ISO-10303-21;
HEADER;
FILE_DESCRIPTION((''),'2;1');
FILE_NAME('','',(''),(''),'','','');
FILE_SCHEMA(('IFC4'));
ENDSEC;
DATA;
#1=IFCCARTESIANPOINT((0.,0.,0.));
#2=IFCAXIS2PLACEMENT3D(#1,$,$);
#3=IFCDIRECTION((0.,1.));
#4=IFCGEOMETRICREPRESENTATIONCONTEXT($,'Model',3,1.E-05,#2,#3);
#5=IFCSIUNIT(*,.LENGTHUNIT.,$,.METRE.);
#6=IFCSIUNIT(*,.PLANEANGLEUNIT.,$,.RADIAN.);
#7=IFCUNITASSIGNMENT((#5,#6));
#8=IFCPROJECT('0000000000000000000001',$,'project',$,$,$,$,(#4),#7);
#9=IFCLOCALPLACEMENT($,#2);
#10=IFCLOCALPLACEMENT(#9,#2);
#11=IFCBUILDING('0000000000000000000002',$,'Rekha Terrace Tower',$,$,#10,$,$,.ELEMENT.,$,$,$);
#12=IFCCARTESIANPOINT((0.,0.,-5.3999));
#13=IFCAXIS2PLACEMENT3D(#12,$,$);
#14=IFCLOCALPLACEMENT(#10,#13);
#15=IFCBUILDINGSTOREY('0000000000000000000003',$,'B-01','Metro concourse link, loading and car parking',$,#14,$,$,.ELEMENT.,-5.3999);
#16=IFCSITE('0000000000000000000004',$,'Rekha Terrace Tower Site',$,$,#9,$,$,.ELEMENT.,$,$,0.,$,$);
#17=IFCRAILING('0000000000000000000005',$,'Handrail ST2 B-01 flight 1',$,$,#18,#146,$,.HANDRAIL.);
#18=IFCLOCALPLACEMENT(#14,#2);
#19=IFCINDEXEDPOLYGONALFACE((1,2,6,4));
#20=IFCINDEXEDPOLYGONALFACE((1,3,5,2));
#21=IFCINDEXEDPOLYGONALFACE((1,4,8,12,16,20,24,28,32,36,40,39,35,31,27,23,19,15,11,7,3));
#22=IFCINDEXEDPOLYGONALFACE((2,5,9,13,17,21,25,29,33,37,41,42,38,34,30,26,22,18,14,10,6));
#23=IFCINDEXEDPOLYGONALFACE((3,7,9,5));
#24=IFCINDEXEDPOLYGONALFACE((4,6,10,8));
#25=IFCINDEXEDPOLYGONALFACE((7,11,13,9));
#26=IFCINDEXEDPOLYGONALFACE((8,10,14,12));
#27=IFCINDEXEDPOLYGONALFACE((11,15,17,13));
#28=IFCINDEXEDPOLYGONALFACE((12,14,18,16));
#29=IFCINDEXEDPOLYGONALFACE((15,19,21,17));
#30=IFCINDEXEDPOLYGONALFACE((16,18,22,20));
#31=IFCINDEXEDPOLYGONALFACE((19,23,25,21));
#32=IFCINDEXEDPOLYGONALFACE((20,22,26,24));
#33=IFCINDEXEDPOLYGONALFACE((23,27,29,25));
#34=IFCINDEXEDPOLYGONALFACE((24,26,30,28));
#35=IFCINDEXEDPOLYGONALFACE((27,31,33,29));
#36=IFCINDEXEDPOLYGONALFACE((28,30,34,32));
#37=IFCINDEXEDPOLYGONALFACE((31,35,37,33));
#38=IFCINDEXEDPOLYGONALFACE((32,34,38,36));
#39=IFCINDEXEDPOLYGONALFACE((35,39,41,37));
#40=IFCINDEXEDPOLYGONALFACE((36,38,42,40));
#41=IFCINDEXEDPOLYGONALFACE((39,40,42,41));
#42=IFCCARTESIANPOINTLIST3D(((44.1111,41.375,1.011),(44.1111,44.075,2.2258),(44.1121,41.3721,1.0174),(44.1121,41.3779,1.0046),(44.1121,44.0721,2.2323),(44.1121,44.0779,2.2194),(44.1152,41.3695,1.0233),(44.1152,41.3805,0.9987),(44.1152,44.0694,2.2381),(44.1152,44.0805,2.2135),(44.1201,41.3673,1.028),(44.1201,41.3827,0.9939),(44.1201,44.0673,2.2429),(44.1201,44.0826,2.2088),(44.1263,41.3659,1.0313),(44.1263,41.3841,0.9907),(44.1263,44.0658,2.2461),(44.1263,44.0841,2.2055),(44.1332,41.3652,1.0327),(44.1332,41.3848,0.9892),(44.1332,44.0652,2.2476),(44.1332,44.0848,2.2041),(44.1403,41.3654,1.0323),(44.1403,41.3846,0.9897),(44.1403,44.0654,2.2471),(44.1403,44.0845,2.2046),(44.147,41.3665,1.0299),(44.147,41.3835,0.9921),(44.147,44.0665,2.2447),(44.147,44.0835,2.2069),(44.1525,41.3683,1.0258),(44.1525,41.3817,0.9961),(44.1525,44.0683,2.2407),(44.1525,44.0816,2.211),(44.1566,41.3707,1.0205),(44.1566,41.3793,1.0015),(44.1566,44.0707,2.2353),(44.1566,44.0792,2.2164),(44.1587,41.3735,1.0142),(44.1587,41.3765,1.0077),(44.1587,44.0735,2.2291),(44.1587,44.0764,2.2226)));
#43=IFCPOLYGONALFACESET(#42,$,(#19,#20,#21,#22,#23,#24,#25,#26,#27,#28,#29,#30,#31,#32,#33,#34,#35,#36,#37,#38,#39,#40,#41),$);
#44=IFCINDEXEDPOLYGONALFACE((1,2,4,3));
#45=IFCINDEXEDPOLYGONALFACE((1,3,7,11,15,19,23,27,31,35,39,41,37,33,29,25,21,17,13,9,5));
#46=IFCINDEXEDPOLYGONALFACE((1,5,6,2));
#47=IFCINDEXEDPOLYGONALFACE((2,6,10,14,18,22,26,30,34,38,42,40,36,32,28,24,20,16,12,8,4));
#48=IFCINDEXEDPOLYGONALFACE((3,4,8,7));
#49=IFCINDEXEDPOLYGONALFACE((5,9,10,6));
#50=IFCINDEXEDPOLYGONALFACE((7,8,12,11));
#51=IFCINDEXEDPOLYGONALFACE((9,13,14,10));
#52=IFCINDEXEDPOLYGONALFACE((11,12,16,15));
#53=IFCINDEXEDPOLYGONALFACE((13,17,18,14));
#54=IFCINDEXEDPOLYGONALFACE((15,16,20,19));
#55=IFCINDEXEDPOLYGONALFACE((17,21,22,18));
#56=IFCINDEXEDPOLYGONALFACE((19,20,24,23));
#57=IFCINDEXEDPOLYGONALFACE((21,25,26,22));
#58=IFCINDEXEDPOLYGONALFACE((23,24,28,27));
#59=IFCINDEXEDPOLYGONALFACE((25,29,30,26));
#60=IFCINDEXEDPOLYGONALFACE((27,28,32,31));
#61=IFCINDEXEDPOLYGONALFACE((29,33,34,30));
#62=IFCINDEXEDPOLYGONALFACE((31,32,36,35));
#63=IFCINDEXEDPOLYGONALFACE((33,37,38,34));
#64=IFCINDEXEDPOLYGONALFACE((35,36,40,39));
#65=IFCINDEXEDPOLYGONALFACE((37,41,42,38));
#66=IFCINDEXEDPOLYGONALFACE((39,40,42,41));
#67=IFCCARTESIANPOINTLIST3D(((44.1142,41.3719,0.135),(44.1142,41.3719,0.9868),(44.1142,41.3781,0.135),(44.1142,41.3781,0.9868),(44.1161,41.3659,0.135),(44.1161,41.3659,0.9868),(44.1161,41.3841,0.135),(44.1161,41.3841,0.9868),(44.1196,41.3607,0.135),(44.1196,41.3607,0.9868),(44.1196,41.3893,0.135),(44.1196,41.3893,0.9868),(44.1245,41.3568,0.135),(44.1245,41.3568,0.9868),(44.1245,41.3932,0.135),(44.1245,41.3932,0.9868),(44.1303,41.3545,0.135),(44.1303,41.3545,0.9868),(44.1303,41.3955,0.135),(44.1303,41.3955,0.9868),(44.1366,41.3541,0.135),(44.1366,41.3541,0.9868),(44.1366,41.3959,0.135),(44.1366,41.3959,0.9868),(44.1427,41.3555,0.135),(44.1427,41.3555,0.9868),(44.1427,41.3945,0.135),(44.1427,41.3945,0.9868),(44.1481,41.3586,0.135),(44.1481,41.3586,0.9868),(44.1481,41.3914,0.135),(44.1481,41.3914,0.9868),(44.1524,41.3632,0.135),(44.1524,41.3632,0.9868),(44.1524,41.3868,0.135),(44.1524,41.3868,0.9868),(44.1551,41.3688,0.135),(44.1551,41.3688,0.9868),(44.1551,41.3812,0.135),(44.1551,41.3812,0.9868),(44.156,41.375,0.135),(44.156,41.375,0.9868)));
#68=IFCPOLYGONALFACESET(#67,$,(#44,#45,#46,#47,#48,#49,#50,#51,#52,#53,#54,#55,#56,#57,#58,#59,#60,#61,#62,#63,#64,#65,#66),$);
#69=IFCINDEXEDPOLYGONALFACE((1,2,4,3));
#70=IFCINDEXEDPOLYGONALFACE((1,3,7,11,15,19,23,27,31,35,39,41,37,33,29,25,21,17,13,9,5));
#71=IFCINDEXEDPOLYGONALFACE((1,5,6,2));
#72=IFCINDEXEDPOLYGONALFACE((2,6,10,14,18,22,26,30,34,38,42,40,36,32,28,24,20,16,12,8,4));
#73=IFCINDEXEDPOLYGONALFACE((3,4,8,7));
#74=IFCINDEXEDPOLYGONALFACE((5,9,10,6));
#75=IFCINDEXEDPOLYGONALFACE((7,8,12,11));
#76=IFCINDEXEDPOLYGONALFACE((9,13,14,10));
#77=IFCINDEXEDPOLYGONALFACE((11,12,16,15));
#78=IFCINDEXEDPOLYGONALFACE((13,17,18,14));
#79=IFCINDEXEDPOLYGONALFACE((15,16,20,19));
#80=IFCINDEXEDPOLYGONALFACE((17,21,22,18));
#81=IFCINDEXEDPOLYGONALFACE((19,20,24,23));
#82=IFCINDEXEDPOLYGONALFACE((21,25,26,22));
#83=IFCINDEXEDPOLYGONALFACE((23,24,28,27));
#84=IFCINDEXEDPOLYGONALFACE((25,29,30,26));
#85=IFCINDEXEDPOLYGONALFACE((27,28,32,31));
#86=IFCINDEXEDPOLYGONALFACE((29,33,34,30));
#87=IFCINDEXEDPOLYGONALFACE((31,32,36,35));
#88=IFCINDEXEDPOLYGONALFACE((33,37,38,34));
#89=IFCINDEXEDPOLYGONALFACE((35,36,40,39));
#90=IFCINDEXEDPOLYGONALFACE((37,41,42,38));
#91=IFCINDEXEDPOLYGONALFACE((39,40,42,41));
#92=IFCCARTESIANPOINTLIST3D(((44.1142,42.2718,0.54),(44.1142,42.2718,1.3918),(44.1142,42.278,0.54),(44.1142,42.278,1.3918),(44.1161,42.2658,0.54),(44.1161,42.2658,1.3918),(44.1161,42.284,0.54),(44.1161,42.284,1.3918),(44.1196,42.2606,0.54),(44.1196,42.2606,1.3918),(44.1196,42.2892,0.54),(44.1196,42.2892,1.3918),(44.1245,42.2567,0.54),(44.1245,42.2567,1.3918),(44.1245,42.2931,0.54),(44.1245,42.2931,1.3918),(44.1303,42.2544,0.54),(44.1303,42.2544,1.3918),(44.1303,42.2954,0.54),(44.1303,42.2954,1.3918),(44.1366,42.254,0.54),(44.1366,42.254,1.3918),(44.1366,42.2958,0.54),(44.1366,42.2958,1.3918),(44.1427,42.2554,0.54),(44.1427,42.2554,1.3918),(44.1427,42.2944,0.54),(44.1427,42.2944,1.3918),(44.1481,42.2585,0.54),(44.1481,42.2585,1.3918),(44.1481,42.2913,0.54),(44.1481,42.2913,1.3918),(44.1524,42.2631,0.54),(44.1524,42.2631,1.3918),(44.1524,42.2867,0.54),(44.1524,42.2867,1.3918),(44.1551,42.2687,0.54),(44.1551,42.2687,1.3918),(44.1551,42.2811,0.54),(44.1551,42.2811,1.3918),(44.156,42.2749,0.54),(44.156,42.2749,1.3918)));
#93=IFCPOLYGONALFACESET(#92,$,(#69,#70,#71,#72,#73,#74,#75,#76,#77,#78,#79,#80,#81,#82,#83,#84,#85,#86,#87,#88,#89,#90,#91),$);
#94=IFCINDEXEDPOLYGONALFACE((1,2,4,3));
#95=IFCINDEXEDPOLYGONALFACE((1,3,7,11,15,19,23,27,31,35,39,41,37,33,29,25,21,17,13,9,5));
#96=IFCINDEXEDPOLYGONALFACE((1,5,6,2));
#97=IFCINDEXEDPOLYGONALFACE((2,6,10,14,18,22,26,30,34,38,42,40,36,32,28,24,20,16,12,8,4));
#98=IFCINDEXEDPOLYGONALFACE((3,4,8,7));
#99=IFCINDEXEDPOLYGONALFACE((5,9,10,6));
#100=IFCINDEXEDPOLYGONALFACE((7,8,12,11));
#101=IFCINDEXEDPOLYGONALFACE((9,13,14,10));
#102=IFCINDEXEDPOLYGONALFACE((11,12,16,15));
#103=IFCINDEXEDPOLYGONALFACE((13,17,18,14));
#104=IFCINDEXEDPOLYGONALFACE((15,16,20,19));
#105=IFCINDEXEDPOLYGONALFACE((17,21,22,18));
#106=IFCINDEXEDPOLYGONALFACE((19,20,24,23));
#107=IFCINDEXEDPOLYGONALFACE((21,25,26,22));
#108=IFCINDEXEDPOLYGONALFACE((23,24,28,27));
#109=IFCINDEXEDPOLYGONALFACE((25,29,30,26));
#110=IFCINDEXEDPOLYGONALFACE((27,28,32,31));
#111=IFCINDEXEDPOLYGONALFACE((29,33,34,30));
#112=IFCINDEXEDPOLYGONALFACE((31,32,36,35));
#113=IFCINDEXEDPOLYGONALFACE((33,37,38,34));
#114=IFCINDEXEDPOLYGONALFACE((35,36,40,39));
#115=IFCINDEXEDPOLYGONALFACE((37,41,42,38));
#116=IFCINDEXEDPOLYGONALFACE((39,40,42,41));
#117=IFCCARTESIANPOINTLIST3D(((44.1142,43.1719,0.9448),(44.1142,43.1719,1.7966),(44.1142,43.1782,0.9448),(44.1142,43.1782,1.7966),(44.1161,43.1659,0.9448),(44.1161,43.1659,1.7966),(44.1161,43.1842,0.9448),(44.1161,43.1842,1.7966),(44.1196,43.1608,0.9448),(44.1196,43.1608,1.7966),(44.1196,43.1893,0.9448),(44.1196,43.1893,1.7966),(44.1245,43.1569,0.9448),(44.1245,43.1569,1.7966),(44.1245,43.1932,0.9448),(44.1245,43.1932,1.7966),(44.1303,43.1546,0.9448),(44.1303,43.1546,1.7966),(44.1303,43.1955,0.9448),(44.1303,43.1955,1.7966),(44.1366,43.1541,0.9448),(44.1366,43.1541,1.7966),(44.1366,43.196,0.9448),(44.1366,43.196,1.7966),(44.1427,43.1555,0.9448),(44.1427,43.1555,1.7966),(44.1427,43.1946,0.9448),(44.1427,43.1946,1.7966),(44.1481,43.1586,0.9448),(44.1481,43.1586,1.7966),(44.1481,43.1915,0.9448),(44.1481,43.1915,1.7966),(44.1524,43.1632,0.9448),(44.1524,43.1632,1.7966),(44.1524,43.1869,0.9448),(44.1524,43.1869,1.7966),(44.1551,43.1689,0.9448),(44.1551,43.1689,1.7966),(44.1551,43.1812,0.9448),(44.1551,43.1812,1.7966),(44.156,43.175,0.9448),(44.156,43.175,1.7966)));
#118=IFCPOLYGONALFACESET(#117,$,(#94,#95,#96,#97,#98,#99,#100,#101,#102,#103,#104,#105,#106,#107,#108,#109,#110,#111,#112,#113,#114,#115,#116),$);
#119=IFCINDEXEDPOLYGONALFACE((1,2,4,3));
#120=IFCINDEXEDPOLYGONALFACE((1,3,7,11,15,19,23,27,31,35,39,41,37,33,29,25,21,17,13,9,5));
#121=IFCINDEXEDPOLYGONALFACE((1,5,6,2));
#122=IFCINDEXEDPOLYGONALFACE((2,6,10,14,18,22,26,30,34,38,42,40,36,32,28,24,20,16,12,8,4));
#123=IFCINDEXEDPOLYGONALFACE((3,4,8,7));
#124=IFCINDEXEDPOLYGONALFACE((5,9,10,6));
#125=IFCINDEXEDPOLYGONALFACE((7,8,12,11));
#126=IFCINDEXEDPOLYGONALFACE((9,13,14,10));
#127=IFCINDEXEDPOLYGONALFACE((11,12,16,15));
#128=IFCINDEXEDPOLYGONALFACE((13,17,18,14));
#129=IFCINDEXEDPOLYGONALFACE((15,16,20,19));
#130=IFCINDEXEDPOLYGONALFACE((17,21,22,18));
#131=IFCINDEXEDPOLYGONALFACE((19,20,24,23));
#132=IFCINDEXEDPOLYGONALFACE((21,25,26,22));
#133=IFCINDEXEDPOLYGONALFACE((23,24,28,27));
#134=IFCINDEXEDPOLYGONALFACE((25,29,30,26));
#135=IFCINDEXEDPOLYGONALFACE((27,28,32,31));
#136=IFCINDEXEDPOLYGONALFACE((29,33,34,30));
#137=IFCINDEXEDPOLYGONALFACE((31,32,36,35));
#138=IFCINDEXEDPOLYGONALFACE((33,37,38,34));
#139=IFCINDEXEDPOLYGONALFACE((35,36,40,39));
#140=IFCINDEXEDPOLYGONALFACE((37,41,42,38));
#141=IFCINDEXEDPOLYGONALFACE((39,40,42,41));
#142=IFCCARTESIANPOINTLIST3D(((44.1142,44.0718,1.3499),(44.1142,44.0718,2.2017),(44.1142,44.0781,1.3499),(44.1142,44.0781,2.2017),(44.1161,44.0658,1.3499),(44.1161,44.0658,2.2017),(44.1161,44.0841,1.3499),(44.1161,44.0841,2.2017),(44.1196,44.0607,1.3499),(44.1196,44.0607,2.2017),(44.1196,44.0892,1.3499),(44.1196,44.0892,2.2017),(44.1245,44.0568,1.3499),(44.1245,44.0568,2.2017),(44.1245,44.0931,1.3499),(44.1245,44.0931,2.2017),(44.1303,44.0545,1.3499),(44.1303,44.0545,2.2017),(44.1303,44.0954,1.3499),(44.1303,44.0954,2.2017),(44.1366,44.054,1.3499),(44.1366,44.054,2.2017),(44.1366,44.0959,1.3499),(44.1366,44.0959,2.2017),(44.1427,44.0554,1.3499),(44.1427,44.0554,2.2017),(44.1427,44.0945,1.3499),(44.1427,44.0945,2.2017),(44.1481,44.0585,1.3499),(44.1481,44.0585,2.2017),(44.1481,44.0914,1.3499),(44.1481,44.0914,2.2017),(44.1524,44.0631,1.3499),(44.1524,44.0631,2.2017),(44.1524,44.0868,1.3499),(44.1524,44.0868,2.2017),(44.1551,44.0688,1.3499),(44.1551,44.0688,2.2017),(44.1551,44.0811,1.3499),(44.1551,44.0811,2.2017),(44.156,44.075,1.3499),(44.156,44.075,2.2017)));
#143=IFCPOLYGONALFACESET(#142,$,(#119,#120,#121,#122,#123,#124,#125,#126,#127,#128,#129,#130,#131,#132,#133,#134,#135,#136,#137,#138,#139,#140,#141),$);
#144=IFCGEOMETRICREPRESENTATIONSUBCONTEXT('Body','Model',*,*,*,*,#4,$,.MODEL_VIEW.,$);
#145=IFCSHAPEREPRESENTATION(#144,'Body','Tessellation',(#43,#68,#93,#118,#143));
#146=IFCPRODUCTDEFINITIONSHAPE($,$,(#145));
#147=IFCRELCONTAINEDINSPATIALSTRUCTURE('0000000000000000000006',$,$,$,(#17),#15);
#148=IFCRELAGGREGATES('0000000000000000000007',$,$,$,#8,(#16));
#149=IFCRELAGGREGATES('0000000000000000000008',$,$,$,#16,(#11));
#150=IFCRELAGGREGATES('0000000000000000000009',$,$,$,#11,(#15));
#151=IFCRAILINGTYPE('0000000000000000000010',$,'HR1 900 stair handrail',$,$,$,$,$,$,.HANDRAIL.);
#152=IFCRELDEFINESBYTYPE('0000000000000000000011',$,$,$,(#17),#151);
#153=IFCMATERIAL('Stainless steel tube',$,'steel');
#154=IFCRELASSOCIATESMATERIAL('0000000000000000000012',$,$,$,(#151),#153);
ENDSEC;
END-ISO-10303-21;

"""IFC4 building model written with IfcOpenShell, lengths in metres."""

from ifc_helpers import new_model, si_unit, direction, frame, origin, origin_2d, place, context, subcontext, project, spatial, circle, extrude, material, type_object, element, save


model = new_model("IFC4")

# Units and contexts
model_context = context("Model", 3, precision=1e-05, world=origin(), true_north=direction((0.0, 1.0)))
body_context = subcontext(model_context, "Body", "Model", "MODEL_VIEW")
ifc_project = project(units=[si_unit("LENGTHUNIT", "METRE"), si_unit("PLANEANGLEUNIT", "RADIAN")], contexts=[model_context])

# Site, building, storey
site_placement = place(None, origin())
site = spatial("IfcSite", under=ifc_project, at=site_placement, Name="Rekha Terrace Tower Site", CompositionType="ELEMENT", RefElevation=0.0)
building_placement = place(site_placement, origin())
building = spatial("IfcBuilding", under=site, at=building_placement, Name="Rekha Terrace Tower", CompositionType="ELEMENT")
storey_placement = place(building_placement, frame((0.0, 0.0, -5.3999)))
storey = spatial("IfcBuildingStorey", under=building, at=storey_placement, Name="B-01", Description="Metro concourse link, loading and car parking", CompositionType="ELEMENT", Elevation=-5.3999)

# Railing
ifc_material_1 = material(Name="Stainless steel tube", Category="steel")
railing_type_1 = type_object("IfcRailingType", Name="HR1 900 stair handrail", PredefinedType="HANDRAIL", material=ifc_material_1)
railing_1_placement = place(storey_placement, frame((44.135, 41.375, 0.135)))
element("IfcRailing", 1, at=railing_1_placement, inside=storey, type_object=railing_type_1, Name="Handrail ST2 B-01 flight 1", PredefinedType="HANDRAIL", context=body_context, shape_type="SweptSolid", body=[
    extrude(circle(Radius=0.0239, at=origin_2d()), frame((0.0, 0.0, 0.876), z_axis=(0.0, 0.911938, 0.410327), x_axis=(-1.0, 0.0, 0.0)), (0.0, 0.0, 1.0), 2.9607),
    extrude(circle(Radius=0.021, at=origin_2d()), origin(), (0.0, 0.0, 1.0), 0.8518),
    extrude(circle(Radius=0.021, at=origin_2d()), frame((0.0, 0.8999, 0.405)), (0.0, 0.0, 1.0), 0.8518),
    extrude(circle(Radius=0.021, at=origin_2d()), frame((0.0, 1.8, 0.8098)), (0.0, 0.0, 1.0), 0.8518),
    extrude(circle(Radius=0.021, at=origin_2d()), frame((0.0, 2.7, 1.2148)), (0.0, 0.0, 1.0), 0.8518),
])

save(model, "model.ifc")
